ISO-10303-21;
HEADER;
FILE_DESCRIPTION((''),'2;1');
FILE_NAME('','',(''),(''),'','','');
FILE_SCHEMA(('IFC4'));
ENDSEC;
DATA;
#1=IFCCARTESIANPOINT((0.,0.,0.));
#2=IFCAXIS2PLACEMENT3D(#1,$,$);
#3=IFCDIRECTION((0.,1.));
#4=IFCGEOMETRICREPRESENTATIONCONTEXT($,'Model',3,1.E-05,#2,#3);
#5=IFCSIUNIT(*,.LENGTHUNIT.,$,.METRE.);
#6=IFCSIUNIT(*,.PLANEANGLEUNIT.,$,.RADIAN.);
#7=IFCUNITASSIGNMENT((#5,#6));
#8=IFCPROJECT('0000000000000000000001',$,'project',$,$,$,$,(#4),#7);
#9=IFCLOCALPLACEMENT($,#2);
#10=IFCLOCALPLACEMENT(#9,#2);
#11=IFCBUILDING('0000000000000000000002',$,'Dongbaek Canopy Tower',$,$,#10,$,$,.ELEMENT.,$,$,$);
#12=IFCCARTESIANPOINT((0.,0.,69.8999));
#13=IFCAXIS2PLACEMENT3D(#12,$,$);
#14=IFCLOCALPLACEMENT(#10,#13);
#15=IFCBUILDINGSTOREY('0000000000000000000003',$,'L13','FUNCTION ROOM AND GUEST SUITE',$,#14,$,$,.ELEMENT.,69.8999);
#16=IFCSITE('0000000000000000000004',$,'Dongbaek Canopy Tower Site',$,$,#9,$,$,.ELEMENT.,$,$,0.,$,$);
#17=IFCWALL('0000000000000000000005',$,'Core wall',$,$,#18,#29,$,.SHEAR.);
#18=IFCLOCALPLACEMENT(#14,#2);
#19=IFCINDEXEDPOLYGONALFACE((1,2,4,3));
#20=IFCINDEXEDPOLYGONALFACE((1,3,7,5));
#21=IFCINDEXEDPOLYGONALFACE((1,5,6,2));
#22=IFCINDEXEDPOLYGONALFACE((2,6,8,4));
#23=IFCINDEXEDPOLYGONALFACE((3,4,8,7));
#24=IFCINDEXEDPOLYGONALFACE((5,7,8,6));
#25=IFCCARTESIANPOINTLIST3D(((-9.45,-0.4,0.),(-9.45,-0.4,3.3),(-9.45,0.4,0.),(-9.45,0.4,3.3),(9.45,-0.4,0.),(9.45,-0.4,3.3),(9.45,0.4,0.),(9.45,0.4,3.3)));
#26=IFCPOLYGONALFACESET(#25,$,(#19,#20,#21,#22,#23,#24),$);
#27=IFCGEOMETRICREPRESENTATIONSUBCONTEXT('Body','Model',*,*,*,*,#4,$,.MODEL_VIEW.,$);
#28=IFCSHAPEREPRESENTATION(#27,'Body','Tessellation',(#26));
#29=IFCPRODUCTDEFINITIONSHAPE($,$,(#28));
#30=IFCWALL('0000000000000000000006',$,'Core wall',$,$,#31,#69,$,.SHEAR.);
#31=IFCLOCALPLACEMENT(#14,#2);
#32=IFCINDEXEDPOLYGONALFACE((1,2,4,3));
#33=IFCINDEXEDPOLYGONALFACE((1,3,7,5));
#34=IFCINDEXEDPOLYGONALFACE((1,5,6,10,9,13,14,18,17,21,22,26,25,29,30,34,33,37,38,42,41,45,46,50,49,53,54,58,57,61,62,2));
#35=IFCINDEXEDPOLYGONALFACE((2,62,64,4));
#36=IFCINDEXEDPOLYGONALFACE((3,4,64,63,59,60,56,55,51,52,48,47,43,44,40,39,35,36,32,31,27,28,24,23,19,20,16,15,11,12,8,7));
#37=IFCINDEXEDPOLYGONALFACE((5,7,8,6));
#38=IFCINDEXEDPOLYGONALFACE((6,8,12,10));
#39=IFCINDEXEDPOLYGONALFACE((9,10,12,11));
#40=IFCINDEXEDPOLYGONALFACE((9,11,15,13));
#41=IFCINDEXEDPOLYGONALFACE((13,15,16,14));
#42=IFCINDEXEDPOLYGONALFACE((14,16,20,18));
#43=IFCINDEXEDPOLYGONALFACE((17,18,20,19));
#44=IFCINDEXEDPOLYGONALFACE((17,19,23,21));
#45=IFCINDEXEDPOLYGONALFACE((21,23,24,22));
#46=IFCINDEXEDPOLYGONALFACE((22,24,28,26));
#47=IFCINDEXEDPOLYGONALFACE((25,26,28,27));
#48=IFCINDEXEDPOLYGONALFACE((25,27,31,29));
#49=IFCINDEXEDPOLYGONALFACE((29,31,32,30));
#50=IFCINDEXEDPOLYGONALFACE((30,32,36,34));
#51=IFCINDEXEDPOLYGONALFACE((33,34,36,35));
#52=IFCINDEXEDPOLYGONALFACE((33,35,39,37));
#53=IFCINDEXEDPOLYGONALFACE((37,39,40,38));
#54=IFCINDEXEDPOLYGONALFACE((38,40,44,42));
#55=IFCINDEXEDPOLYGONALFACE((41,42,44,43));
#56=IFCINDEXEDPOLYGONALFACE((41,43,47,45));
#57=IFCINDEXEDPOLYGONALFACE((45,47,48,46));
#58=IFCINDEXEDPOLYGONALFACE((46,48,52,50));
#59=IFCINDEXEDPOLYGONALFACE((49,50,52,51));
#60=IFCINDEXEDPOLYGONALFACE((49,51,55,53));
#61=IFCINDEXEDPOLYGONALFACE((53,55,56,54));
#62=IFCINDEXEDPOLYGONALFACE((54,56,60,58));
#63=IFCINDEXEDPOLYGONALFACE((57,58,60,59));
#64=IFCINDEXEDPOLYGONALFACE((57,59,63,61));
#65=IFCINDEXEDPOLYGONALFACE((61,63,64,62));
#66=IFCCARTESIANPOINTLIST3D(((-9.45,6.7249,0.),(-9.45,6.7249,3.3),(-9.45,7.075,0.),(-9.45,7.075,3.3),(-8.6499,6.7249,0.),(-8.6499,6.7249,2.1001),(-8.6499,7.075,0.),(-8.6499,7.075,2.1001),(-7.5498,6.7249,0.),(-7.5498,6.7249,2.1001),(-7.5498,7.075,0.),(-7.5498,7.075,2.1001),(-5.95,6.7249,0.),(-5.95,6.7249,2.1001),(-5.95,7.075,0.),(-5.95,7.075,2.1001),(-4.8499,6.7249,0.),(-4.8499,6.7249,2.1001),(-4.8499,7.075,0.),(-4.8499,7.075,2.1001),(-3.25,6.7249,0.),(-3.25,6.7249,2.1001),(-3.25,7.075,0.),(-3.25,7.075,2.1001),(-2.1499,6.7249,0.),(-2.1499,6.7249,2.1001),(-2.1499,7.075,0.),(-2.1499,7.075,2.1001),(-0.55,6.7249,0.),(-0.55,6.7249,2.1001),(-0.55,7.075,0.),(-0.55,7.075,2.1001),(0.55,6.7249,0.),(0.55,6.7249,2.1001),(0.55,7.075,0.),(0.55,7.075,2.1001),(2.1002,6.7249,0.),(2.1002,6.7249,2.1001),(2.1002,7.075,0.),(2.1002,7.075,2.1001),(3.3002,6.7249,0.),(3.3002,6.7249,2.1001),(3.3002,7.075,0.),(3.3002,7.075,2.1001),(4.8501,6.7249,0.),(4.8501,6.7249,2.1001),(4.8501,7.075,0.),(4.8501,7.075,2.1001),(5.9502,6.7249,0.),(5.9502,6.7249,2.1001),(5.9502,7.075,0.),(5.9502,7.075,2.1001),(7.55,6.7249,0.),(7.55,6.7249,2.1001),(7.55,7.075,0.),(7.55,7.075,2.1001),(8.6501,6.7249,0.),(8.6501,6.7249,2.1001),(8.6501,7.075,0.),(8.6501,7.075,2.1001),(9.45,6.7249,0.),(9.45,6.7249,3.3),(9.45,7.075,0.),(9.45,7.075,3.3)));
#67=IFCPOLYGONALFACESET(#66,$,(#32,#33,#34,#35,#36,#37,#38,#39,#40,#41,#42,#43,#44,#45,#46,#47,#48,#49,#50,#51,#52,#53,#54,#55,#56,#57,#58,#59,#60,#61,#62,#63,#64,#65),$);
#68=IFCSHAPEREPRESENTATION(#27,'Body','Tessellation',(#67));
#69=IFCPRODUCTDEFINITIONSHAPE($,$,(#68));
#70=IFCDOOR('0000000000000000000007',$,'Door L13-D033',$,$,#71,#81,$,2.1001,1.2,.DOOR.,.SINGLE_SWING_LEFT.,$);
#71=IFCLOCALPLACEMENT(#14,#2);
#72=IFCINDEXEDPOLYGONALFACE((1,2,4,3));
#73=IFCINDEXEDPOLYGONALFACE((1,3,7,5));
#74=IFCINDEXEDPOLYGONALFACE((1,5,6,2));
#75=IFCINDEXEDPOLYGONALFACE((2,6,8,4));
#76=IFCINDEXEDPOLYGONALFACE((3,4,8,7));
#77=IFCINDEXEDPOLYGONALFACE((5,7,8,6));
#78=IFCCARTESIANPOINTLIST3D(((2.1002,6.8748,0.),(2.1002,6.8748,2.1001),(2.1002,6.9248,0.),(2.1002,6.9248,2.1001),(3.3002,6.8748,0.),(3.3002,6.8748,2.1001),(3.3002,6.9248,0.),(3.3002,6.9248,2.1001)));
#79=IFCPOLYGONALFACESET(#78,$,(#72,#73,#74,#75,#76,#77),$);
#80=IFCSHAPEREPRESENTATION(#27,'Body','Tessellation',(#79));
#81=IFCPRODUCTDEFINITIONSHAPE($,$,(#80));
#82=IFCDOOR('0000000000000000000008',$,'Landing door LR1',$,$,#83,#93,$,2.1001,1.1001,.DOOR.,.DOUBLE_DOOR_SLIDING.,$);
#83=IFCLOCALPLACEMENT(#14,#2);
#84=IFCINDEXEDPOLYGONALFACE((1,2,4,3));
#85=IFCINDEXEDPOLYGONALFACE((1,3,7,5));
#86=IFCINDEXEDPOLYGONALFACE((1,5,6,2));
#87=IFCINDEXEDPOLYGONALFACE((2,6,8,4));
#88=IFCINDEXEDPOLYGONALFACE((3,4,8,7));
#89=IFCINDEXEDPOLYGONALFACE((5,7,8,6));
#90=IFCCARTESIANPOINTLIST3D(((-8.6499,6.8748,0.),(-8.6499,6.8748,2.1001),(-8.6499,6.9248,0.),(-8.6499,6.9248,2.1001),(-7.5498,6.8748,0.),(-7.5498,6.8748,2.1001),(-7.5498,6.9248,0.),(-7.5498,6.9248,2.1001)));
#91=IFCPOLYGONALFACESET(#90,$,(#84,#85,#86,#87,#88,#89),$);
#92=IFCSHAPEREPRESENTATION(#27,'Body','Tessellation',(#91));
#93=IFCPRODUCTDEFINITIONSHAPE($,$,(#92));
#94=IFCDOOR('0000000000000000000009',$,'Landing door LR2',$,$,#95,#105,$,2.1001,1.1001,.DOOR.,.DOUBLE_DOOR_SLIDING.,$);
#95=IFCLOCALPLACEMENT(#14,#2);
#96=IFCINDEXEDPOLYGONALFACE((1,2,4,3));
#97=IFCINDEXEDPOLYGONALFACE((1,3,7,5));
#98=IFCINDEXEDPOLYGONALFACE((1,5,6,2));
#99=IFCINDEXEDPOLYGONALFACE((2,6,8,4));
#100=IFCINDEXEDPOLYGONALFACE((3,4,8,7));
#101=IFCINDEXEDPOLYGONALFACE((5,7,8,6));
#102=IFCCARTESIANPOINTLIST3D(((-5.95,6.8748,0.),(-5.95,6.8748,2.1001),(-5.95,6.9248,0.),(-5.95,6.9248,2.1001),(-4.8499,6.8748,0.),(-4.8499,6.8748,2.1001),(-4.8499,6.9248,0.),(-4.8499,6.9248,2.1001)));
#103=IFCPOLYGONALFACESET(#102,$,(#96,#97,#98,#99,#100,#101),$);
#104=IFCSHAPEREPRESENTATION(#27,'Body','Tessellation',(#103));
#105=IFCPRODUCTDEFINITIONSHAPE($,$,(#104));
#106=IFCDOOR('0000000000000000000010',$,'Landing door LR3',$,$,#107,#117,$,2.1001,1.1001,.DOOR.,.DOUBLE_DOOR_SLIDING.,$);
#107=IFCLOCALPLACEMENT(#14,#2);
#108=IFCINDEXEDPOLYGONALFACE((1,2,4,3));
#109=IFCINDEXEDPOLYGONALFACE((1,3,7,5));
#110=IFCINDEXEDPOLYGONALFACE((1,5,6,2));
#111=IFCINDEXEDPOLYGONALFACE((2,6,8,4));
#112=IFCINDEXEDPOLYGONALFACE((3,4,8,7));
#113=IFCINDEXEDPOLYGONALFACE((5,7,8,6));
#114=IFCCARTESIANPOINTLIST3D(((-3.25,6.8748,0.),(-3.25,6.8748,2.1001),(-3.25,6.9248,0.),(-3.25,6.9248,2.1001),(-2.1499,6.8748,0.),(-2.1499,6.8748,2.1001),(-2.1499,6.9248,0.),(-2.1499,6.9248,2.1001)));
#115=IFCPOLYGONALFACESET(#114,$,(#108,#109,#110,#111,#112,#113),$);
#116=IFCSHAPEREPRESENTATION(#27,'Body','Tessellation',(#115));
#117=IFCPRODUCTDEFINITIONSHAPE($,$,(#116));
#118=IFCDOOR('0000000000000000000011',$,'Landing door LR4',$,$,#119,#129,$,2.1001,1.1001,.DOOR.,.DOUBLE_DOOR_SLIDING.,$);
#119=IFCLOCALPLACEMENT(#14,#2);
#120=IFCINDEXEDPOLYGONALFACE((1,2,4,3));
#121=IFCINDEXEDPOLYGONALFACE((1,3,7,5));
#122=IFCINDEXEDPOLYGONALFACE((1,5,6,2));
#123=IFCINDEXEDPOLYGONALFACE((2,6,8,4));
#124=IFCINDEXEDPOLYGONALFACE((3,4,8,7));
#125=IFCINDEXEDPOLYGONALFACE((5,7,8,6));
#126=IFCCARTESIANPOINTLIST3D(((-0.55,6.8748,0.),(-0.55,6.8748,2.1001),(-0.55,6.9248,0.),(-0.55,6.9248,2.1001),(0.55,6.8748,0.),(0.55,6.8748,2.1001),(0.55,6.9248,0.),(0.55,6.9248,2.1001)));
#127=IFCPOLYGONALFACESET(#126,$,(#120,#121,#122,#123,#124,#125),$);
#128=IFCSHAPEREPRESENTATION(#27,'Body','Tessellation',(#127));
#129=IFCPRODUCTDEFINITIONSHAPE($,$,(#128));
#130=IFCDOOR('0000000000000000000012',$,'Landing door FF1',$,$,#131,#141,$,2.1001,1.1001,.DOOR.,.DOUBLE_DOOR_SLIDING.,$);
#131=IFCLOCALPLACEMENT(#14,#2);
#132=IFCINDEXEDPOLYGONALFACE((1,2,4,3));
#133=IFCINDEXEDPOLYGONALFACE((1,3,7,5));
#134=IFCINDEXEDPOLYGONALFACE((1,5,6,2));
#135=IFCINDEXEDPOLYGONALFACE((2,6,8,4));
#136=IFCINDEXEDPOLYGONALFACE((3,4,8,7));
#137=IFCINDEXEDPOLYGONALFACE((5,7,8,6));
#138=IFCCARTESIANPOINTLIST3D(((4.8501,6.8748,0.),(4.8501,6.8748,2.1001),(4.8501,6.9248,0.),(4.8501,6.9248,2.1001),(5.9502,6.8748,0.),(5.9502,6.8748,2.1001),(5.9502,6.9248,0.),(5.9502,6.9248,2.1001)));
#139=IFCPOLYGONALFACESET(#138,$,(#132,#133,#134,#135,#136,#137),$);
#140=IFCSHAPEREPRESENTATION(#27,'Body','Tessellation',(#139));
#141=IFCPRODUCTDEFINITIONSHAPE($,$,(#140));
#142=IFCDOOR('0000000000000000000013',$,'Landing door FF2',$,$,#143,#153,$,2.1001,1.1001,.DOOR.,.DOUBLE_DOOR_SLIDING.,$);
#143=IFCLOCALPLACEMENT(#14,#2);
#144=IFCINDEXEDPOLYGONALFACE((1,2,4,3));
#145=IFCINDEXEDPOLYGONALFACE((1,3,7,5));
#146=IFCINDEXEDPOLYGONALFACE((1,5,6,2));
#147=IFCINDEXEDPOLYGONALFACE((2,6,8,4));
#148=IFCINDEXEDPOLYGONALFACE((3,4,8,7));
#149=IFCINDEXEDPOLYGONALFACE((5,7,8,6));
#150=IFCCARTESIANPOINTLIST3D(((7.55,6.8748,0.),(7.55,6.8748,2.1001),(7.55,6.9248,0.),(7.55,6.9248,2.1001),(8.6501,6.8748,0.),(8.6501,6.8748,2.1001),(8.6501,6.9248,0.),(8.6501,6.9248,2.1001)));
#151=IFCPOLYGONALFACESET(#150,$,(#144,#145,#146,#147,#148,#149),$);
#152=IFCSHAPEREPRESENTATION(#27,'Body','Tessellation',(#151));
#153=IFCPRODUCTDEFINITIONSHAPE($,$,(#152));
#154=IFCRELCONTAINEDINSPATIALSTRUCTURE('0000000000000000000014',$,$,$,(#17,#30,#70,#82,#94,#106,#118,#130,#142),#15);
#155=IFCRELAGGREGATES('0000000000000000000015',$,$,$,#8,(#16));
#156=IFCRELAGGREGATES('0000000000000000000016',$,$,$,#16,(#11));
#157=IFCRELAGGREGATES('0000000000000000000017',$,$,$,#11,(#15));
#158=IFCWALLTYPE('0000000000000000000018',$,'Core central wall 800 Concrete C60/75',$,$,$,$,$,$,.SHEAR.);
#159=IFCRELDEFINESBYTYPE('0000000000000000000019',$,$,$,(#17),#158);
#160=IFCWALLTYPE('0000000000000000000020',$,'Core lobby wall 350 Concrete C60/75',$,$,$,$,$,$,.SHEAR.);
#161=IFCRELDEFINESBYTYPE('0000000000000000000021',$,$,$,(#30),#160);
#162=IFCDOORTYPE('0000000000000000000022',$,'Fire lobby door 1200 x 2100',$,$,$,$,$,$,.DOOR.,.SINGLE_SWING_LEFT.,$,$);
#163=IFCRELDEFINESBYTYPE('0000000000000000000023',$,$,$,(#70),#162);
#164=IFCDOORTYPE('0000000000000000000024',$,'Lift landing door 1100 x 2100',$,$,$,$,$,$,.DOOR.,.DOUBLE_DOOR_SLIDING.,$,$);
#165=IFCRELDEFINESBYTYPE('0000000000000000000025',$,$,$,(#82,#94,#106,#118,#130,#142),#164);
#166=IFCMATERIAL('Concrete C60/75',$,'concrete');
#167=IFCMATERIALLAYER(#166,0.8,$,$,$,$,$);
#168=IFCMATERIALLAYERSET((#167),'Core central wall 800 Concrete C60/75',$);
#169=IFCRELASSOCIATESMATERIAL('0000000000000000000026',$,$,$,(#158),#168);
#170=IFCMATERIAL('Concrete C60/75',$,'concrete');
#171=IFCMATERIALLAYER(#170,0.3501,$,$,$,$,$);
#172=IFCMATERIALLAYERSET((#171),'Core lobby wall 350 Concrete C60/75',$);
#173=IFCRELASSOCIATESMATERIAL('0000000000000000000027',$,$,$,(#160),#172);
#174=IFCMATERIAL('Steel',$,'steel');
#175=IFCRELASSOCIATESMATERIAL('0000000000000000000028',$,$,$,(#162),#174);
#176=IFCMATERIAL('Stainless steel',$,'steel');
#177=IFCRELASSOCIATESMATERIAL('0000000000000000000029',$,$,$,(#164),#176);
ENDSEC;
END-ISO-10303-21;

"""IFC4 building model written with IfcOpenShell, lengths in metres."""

from ifc_helpers import new_model, si_unit, direction, frame, frame_2d, origin, place, context, subcontext, project, spatial, rectangle, extrude, material, layer, layer_set, type_object, element, fill, save


model = new_model("IFC4")

# Units and contexts
model_context = context("Model", 3, precision=1e-05, world=origin(), true_north=direction((0.0, 1.0)))
body_context = subcontext(model_context, "Body", "Model", "MODEL_VIEW")
ifc_project = project(units=[si_unit("LENGTHUNIT", "METRE"), si_unit("PLANEANGLEUNIT", "RADIAN")], contexts=[model_context])

# Site, building, storey
site_placement = place(None, origin())
site = spatial("IfcSite", under=ifc_project, at=site_placement, Name="Dongbaek Canopy Tower Site", CompositionType="ELEMENT", RefElevation=0.0)
building_placement = place(site_placement, origin())
building = spatial("IfcBuilding", under=site, at=building_placement, Name="Dongbaek Canopy Tower", CompositionType="ELEMENT")
storey_placement = place(building_placement, frame((0.0, 0.0, 69.8999)))
storey = spatial("IfcBuildingStorey", under=building, at=storey_placement, Name="L13", Description="FUNCTION ROOM AND GUEST SUITE", CompositionType="ELEMENT", Elevation=69.8999)

# Wall
ifc_material_1 = material(Name="Concrete C60/75", Category="concrete")
ifc_layer_1 = layer(ifc_material_1, 0.8)
ifc_layer_set_1 = layer_set([ifc_layer_1], Name="Core central wall 800 Concrete C60/75")
wall_type_1 = type_object("IfcWallType", Name="Core central wall 800 Concrete C60/75", PredefinedType="SHEAR", material=ifc_layer_set_1)
wall_1_placement = place(storey_placement, frame((-9.45, 0.0, 0.0), z_axis=(0.0, 0.0, 1.0), x_axis=(1.0, 0.0, 0.0)))
element("IfcWall", 1, at=wall_1_placement, inside=storey, type_object=wall_type_1, Name="Core wall", PredefinedType="SHEAR", context=body_context, shape_type="SweptSolid", body=[
    extrude(rectangle(XDim=18.8999, YDim=0.8, at=frame_2d((9.45, 0.0))), origin(), (0.0, 0.0, 1.0), 3.3),
])

# Wall, openings, doors
ifc_material_2 = material(Name="Concrete C60/75", Category="concrete")
ifc_layer_2 = layer(ifc_material_2, 0.3501)
ifc_layer_set_2 = layer_set([ifc_layer_2], Name="Core lobby wall 350 Concrete C60/75")
wall_type_2 = type_object("IfcWallType", Name="Core lobby wall 350 Concrete C60/75", PredefinedType="SHEAR", material=ifc_layer_set_2)
wall_2_placement = place(storey_placement, frame((-9.45, 6.8999, 0.0), z_axis=(0.0, 0.0, 1.0), x_axis=(1.0, 0.0, 0.0)))
wall_2 = element("IfcWall", 2, at=wall_2_placement, inside=storey, type_object=wall_type_2, Name="Core wall", PredefinedType="SHEAR", context=body_context, shape_type="SweptSolid", body=[
    extrude(rectangle(XDim=18.8999, YDim=0.3501, at=frame_2d((9.45, 0.0))), origin(), (0.0, 0.0, 1.0), 3.3),
])
opening_1_placement = place(wall_2_placement, frame((0.8, 0.0, 0.0)))
opening_1 = element("IfcOpeningElement", 3, at=opening_1_placement, cuts=wall_2, PredefinedType="OPENING", context=body_context, shape_type="SweptSolid", body=[
    extrude(rectangle(XDim=1.1001, YDim=2.1001, at=frame_2d((0.55, 1.05))), frame((0.0, 0.1851, 0.0), z_axis=(0.0, -1.0, 0.0), x_axis=(1.0, 0.0, 0.0)), (0.0, 0.0, 1.0), 0.3701),
])
opening_2_placement = place(wall_2_placement, frame((3.5, 0.0, 0.0)))
opening_2 = element("IfcOpeningElement", 4, at=opening_2_placement, cuts=wall_2, PredefinedType="OPENING", context=body_context, shape_type="SweptSolid", body=[
    extrude(rectangle(XDim=1.1001, YDim=2.1001, at=frame_2d((0.55, 1.05))), frame((0.0, 0.1851, 0.0), z_axis=(0.0, -1.0, 0.0), x_axis=(1.0, 0.0, 0.0)), (0.0, 0.0, 1.0), 0.3701),
])
opening_3_placement = place(wall_2_placement, frame((6.2, 0.0, 0.0)))
opening_3 = element("IfcOpeningElement", 5, at=opening_3_placement, cuts=wall_2, PredefinedType="OPENING", context=body_context, shape_type="SweptSolid", body=[
    extrude(rectangle(XDim=1.1001, YDim=2.1001, at=frame_2d((0.55, 1.05))), frame((0.0, 0.1851, 0.0), z_axis=(0.0, -1.0, 0.0), x_axis=(1.0, 0.0, 0.0)), (0.0, 0.0, 1.0), 0.3701),
])
opening_4_placement = place(wall_2_placement, frame((8.8999, 0.0, 0.0)))
opening_4 = element("IfcOpeningElement", 6, at=opening_4_placement, cuts=wall_2, PredefinedType="OPENING", context=body_context, shape_type="SweptSolid", body=[
    extrude(rectangle(XDim=1.1001, YDim=2.1001, at=frame_2d((0.55, 1.05))), frame((0.0, 0.1851, 0.0), z_axis=(0.0, -1.0, 0.0), x_axis=(1.0, 0.0, 0.0)), (0.0, 0.0, 1.0), 0.3701),
])
opening_5_placement = place(wall_2_placement, frame((11.55, 0.0, 0.0)))
opening_5 = element("IfcOpeningElement", 7, at=opening_5_placement, cuts=wall_2, PredefinedType="OPENING", context=body_context, shape_type="SweptSolid", body=[
    extrude(rectangle(XDim=1.2, YDim=2.1001, at=frame_2d((0.6001, 1.05))), frame((0.0, 0.1851, 0.0), z_axis=(0.0, -1.0, 0.0), x_axis=(1.0, 0.0, 0.0)), (0.0, 0.0, 1.0), 0.3701),
])
opening_6_placement = place(wall_2_placement, frame((14.3, 0.0, 0.0)))
opening_6 = element("IfcOpeningElement", 8, at=opening_6_placement, cuts=wall_2, PredefinedType="OPENING", context=body_context, shape_type="SweptSolid", body=[
    extrude(rectangle(XDim=1.1001, YDim=2.1001, at=frame_2d((0.55, 1.05))), frame((0.0, 0.1851, 0.0), z_axis=(0.0, -1.0, 0.0), x_axis=(1.0, 0.0, 0.0)), (0.0, 0.0, 1.0), 0.3701),
])
opening_7_placement = place(wall_2_placement, frame((17.0, 0.0, 0.0)))
opening_7 = element("IfcOpeningElement", 9, at=opening_7_placement, cuts=wall_2, PredefinedType="OPENING", context=body_context, shape_type="SweptSolid", body=[
    extrude(rectangle(XDim=1.1001, YDim=2.1001, at=frame_2d((0.55, 1.05))), frame((0.0, 0.1851, 0.0), z_axis=(0.0, -1.0, 0.0), x_axis=(1.0, 0.0, 0.0)), (0.0, 0.0, 1.0), 0.3701),
])
ifc_material_3 = material(Name="Steel", Category="steel")
door_type_1 = type_object("IfcDoorType", Name="Fire lobby door 1200 x 2100", OperationType="SINGLE_SWING_LEFT", PredefinedType="DOOR", material=ifc_material_3)
door_1_placement = place(opening_5_placement, origin())
door_1 = element("IfcDoor", 10, at=door_1_placement, inside=storey, type_object=door_type_1, Name="Door L13-D033", OperationType="SINGLE_SWING_LEFT", OverallHeight=2.1001, OverallWidth=1.2, PredefinedType="DOOR", context=body_context, shape_type="SweptSolid", body=[
    extrude(rectangle(XDim=1.2, YDim=2.1001, at=frame_2d((0.6001, 1.05))), frame((0.0, 0.0249, 0.0), z_axis=(0.0, -1.0, 0.0), x_axis=(1.0, 0.0, 0.0)), (0.0, 0.0, 1.0), 0.05),
])
fill(opening_5, door_1)
ifc_material_4 = material(Name="Stainless steel", Category="steel")
door_type_2 = type_object("IfcDoorType", Name="Lift landing door 1100 x 2100", OperationType="DOUBLE_DOOR_SLIDING", PredefinedType="DOOR", material=ifc_material_4)
door_2_placement = place(opening_1_placement, origin())
door_2 = element("IfcDoor", 11, at=door_2_placement, inside=storey, type_object=door_type_2, Name="Landing door LR1", OperationType="DOUBLE_DOOR_SLIDING", OverallHeight=2.1001, OverallWidth=1.1001, PredefinedType="DOOR", context=body_context, shape_type="SweptSolid", body=[
    extrude(rectangle(XDim=1.1001, YDim=2.1001, at=frame_2d((0.55, 1.05))), frame((0.0, 0.0249, 0.0), z_axis=(0.0, -1.0, 0.0), x_axis=(1.0, 0.0, 0.0)), (0.0, 0.0, 1.0), 0.05),
])
fill(opening_1, door_2)
door_3_placement = place(opening_2_placement, origin())
door_3 = element("IfcDoor", 12, at=door_3_placement, inside=storey, type_object=door_type_2, Name="Landing door LR2", OperationType="DOUBLE_DOOR_SLIDING", OverallHeight=2.1001, OverallWidth=1.1001, PredefinedType="DOOR", context=body_context, shape_type="SweptSolid", body=[
    extrude(rectangle(XDim=1.1001, YDim=2.1001, at=frame_2d((0.55, 1.05))), frame((0.0, 0.0249, 0.0), z_axis=(0.0, -1.0, 0.0), x_axis=(1.0, 0.0, 0.0)), (0.0, 0.0, 1.0), 0.05),
])
fill(opening_2, door_3)
door_4_placement = place(opening_3_placement, origin())
door_4 = element("IfcDoor", 13, at=door_4_placement, inside=storey, type_object=door_type_2, Name="Landing door LR3", OperationType="DOUBLE_DOOR_SLIDING", OverallHeight=2.1001, OverallWidth=1.1001, PredefinedType="DOOR", context=body_context, shape_type="SweptSolid", body=[
    extrude(rectangle(XDim=1.1001, YDim=2.1001, at=frame_2d((0.55, 1.05))), frame((0.0, 0.0249, 0.0), z_axis=(0.0, -1.0, 0.0), x_axis=(1.0, 0.0, 0.0)), (0.0, 0.0, 1.0), 0.05),
])
fill(opening_3, door_4)
door_5_placement = place(opening_4_placement, origin())
door_5 = element("IfcDoor", 14, at=door_5_placement, inside=storey, type_object=door_type_2, Name="Landing door LR4", OperationType="DOUBLE_DOOR_SLIDING", OverallHeight=2.1001, OverallWidth=1.1001, PredefinedType="DOOR", context=body_context, shape_type="SweptSolid", body=[
    extrude(rectangle(XDim=1.1001, YDim=2.1001, at=frame_2d((0.55, 1.05))), frame((0.0, 0.0249, 0.0), z_axis=(0.0, -1.0, 0.0), x_axis=(1.0, 0.0, 0.0)), (0.0, 0.0, 1.0), 0.05),
])
fill(opening_4, door_5)
door_6_placement = place(opening_6_placement, origin())
door_6 = element("IfcDoor", 15, at=door_6_placement, inside=storey, type_object=door_type_2, Name="Landing door FF1", OperationType="DOUBLE_DOOR_SLIDING", OverallHeight=2.1001, OverallWidth=1.1001, PredefinedType="DOOR", context=body_context, shape_type="SweptSolid", body=[
    extrude(rectangle(XDim=1.1001, YDim=2.1001, at=frame_2d((0.55, 1.05))), frame((0.0, 0.0249, 0.0), z_axis=(0.0, -1.0, 0.0), x_axis=(1.0, 0.0, 0.0)), (0.0, 0.0, 1.0), 0.05),
])
fill(opening_6, door_6)
door_7_placement = place(opening_7_placement, origin())
door_7 = element("IfcDoor", 16, at=door_7_placement, inside=storey, type_object=door_type_2, Name="Landing door FF2", OperationType="DOUBLE_DOOR_SLIDING", OverallHeight=2.1001, OverallWidth=1.1001, PredefinedType="DOOR", context=body_context, shape_type="SweptSolid", body=[
    extrude(rectangle(XDim=1.1001, YDim=2.1001, at=frame_2d((0.55, 1.05))), frame((0.0, 0.0249, 0.0), z_axis=(0.0, -1.0, 0.0), x_axis=(1.0, 0.0, 0.0)), (0.0, 0.0, 1.0), 0.05),
])
fill(opening_7, door_7)

save(model, "model.ifc")
